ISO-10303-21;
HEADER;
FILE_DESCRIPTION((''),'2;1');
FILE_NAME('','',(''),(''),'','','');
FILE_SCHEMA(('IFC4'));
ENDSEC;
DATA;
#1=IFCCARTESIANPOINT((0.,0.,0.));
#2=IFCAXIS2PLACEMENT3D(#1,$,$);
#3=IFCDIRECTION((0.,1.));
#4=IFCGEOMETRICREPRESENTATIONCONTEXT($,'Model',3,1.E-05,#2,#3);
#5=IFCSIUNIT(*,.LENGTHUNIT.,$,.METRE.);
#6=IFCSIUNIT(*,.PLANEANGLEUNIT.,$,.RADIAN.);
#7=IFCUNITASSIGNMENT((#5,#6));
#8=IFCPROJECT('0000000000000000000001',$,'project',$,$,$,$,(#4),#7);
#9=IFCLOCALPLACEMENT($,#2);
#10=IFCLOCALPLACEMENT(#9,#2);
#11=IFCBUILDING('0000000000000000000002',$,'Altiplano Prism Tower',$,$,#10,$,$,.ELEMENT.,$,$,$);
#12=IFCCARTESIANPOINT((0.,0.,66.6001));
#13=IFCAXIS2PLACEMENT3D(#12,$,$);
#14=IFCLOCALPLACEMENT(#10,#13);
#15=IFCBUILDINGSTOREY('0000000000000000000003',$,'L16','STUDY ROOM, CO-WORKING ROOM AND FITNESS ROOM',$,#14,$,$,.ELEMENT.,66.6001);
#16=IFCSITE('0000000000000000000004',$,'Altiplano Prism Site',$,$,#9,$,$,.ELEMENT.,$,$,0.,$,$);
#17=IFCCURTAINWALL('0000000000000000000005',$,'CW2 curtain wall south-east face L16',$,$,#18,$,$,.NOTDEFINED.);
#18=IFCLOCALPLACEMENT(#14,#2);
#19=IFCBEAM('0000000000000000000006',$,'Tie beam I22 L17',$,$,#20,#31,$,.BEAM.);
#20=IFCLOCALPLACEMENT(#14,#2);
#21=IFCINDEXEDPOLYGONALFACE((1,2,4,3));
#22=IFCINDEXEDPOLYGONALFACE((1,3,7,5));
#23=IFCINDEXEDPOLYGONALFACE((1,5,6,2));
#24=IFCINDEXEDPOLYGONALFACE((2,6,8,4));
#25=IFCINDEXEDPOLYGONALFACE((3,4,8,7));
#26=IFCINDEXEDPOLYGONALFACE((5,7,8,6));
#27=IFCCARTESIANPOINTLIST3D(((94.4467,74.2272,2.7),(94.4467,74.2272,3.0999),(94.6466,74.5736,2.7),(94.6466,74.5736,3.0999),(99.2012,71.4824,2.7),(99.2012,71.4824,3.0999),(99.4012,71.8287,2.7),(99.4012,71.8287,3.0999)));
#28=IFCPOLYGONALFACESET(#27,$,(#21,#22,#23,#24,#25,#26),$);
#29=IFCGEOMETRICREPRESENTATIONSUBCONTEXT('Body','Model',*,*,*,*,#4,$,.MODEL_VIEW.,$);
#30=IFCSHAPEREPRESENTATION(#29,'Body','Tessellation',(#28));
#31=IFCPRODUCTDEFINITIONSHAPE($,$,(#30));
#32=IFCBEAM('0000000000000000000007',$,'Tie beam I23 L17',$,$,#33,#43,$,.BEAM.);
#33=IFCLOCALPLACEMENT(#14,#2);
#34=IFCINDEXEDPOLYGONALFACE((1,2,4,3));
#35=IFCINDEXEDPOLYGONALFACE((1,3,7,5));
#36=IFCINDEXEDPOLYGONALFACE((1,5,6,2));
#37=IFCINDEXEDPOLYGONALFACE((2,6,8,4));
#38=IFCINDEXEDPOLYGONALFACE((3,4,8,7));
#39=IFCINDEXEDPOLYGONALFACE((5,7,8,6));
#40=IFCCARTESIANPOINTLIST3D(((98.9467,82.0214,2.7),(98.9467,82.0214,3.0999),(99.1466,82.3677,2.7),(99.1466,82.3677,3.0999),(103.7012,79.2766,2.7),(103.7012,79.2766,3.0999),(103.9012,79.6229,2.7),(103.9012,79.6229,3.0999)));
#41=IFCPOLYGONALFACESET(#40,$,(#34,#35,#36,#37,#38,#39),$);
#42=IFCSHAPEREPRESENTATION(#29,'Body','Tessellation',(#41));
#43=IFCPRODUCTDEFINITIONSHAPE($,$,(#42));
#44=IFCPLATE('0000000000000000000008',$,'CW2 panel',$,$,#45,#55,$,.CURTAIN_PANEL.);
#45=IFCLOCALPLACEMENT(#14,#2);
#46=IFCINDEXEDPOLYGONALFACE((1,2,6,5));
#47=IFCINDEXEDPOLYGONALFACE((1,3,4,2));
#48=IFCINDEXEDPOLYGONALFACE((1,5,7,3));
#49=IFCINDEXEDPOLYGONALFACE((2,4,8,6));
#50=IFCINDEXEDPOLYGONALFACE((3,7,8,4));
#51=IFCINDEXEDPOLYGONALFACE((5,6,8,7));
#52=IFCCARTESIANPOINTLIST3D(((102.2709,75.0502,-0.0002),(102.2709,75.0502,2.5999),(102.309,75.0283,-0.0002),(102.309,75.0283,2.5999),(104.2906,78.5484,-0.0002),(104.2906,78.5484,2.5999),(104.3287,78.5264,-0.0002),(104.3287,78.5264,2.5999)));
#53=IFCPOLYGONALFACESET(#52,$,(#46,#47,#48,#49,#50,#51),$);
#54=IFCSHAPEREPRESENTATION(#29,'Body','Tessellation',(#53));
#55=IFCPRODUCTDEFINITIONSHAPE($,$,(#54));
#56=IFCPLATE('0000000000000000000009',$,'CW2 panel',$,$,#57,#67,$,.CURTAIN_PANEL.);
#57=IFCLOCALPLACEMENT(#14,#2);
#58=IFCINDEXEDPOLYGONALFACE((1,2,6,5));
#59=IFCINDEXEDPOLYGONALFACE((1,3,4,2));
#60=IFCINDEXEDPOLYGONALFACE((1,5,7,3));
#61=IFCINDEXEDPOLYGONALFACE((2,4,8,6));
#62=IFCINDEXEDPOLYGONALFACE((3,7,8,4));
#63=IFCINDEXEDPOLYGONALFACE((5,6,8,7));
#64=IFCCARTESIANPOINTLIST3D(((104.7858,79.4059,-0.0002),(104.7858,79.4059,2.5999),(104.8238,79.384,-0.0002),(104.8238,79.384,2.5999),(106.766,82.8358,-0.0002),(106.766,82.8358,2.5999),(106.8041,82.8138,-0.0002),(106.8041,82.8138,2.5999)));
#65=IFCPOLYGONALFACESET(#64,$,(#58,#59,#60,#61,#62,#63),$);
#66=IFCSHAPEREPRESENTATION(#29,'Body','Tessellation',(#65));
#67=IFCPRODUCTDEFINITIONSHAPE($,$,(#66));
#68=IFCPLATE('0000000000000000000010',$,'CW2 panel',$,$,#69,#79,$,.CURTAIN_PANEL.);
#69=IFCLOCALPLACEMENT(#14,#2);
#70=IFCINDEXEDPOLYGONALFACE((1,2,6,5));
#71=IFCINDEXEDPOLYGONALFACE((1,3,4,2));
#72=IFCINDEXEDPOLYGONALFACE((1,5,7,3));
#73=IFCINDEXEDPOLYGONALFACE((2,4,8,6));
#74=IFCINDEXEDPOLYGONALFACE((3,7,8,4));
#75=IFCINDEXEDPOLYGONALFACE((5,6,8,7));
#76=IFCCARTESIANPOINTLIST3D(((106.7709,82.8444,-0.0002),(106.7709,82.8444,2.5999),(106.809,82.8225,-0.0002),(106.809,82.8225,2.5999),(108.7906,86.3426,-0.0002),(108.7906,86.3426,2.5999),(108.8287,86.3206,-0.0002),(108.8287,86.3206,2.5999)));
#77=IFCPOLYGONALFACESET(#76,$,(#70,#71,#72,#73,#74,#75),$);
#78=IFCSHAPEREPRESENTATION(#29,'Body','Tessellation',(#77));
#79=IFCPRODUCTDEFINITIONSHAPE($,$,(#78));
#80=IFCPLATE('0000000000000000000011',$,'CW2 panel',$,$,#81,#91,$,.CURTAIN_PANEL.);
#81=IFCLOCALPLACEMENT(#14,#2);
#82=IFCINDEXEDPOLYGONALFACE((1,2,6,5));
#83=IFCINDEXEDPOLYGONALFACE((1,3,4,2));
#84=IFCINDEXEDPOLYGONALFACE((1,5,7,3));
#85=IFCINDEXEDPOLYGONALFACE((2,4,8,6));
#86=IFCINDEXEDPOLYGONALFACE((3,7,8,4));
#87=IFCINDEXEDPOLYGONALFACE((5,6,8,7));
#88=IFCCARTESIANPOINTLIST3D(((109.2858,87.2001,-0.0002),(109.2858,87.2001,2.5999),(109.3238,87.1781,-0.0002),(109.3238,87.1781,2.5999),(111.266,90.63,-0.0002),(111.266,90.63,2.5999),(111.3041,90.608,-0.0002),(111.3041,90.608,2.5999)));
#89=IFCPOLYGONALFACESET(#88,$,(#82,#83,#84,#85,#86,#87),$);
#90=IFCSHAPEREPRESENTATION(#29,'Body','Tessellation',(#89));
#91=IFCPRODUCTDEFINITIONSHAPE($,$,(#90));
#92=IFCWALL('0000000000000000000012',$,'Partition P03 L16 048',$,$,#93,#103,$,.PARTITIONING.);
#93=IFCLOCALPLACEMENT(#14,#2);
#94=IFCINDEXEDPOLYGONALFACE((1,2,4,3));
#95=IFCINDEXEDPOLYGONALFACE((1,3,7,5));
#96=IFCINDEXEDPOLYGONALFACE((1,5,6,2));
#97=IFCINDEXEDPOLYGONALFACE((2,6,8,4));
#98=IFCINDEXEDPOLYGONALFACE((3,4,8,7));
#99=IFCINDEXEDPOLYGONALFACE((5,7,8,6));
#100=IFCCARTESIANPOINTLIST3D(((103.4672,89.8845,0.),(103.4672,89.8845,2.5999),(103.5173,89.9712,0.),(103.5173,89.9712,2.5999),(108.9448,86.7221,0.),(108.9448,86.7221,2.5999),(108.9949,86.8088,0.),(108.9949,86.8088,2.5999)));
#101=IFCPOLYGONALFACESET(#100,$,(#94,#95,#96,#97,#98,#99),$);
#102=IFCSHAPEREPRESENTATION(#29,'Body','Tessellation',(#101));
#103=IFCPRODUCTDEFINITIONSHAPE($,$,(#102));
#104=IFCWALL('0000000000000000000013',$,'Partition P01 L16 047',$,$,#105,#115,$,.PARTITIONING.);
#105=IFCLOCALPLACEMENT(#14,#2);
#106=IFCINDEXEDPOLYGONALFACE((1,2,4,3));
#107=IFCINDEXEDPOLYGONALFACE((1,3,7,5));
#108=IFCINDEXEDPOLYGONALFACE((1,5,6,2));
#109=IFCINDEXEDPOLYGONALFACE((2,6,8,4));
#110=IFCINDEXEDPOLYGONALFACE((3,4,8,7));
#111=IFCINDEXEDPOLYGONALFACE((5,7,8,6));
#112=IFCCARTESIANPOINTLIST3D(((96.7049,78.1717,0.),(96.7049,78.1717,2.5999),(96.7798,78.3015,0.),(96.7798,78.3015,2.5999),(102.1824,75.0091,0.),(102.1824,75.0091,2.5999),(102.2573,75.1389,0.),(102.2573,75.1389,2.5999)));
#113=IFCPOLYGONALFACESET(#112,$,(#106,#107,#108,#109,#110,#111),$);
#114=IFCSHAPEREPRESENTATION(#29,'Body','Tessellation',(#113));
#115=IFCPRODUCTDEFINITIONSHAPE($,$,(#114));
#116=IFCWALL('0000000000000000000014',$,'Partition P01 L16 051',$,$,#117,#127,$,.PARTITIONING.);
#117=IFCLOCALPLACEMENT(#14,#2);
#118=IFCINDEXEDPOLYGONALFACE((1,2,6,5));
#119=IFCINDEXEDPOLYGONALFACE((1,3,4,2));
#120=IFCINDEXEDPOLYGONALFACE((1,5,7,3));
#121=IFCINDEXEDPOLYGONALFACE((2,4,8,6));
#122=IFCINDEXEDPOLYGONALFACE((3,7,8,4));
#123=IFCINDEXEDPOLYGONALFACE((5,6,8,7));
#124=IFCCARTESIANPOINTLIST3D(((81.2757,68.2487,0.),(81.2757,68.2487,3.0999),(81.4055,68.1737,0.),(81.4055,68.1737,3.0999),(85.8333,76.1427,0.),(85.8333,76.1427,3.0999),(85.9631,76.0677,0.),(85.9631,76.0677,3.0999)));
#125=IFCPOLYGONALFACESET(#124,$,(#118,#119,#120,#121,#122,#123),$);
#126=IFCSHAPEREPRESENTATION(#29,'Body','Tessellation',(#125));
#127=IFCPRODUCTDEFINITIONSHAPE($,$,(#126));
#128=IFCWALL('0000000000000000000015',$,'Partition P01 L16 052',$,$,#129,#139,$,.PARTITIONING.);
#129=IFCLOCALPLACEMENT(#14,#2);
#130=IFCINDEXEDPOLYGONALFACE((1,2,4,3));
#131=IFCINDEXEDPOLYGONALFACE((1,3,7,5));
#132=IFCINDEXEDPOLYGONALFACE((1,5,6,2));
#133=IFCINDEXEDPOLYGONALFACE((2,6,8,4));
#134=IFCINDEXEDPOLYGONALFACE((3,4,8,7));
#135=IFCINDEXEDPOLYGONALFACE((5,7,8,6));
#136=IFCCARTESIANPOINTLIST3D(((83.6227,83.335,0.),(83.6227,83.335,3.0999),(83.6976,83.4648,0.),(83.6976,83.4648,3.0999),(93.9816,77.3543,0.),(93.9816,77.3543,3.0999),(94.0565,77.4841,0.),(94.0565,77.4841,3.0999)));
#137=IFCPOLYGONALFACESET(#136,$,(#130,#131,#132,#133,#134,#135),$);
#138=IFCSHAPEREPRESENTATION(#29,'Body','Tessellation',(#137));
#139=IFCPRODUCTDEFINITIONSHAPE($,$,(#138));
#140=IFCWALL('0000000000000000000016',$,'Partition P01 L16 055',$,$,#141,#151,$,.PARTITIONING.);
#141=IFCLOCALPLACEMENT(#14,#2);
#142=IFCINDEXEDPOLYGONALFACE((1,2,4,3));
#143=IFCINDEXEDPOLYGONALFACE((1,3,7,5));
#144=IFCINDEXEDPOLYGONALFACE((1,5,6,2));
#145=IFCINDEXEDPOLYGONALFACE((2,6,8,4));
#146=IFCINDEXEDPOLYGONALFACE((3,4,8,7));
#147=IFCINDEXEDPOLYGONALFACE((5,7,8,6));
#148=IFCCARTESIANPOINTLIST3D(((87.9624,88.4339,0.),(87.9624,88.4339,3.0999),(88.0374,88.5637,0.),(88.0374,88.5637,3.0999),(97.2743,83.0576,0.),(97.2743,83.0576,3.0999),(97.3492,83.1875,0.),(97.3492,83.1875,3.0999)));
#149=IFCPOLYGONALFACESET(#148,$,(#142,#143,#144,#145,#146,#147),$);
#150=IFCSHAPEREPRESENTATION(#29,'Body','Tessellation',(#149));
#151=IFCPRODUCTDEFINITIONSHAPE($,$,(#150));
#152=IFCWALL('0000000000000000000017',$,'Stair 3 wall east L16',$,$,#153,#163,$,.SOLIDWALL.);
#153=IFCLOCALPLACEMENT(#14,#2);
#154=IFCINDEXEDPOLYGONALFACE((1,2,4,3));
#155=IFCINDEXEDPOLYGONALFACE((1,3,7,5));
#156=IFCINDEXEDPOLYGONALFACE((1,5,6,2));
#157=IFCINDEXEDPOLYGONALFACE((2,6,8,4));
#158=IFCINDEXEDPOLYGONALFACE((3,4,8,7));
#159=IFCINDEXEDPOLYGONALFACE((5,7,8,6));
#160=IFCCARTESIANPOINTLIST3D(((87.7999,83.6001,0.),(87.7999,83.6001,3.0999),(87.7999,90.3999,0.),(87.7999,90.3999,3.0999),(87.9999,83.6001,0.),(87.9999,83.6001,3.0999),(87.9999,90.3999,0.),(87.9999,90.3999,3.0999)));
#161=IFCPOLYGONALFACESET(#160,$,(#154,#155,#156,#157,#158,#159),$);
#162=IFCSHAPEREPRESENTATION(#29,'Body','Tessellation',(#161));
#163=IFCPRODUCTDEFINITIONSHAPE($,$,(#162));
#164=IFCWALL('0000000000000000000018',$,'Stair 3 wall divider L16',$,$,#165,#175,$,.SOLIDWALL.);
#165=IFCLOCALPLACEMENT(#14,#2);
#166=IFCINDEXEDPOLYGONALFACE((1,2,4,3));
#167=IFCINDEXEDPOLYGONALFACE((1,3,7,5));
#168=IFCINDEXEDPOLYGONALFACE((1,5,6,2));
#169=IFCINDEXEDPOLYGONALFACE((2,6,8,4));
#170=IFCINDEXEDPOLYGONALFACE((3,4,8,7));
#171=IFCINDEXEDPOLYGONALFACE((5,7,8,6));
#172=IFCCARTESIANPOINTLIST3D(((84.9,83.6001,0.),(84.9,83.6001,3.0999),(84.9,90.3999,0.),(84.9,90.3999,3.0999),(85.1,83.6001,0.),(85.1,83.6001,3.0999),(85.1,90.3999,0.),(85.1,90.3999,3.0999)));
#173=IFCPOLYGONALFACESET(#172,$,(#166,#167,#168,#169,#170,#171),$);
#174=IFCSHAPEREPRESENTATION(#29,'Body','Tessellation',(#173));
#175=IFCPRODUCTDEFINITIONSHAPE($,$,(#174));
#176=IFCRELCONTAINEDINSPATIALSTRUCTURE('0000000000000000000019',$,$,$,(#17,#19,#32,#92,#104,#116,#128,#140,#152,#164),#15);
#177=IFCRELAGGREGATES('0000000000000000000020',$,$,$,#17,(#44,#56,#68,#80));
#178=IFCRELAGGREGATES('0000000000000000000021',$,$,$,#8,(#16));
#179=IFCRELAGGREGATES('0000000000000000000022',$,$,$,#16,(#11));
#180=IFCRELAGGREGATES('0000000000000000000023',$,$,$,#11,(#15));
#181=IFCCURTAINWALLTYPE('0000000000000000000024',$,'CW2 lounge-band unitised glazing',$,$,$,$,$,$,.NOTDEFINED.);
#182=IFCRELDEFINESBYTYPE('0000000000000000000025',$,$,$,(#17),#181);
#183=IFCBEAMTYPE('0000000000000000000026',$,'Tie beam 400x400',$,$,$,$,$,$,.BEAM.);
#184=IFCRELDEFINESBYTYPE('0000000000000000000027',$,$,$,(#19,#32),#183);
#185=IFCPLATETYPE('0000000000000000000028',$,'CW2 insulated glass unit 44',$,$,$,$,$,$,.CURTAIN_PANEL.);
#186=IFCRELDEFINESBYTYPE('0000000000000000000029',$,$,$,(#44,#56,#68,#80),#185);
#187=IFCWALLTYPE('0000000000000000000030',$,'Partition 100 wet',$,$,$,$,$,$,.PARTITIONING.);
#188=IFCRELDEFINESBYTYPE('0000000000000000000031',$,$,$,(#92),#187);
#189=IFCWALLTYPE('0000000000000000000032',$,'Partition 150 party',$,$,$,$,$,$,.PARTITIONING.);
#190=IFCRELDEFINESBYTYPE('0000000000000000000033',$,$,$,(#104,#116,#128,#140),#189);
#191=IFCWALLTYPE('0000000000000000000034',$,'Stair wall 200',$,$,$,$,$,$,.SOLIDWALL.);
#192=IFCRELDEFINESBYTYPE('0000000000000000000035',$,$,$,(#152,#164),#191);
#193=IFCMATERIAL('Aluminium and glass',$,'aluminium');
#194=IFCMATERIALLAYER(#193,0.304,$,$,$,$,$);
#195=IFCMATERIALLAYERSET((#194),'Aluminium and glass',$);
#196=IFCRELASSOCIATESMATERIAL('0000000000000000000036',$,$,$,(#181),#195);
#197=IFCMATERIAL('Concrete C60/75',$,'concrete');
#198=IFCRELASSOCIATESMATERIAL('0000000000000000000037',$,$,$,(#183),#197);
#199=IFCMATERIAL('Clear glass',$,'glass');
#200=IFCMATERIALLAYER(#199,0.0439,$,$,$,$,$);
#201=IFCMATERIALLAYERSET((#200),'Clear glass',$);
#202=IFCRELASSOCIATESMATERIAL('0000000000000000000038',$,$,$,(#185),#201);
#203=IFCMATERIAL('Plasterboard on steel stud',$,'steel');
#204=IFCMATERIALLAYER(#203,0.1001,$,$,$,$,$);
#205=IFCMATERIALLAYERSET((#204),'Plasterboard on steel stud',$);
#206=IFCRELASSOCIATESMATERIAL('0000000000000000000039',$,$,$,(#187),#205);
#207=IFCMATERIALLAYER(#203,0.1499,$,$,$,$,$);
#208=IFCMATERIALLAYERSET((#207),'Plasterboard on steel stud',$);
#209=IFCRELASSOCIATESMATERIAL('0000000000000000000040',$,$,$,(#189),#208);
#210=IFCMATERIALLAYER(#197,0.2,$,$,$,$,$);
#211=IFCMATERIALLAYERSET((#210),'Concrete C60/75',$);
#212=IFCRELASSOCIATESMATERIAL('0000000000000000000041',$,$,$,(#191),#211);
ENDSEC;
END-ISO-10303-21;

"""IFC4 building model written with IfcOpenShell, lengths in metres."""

from ifc_helpers import new_model, si_unit, direction, frame, frame_2d, origin, origin_2d, place, context, subcontext, project, spatial, rectangle, extrude, material, layer, layer_set, material_profile, profile_set, type_object, element, aggregate, save


model = new_model("IFC4")

# Units and contexts
model_context = context("Model", 3, precision=1e-05, world=origin(), true_north=direction((0.0, 1.0)))
body_context = subcontext(model_context, "Body", "Model", "MODEL_VIEW")
ifc_project = project(units=[si_unit("LENGTHUNIT", "METRE"), si_unit("PLANEANGLEUNIT", "RADIAN")], contexts=[model_context])

# Site, building, storey
site_placement = place(None, origin())
site = spatial("IfcSite", under=ifc_project, at=site_placement, Name="Altiplano Prism Site", CompositionType="ELEMENT", RefElevation=0.0)
building_placement = place(site_placement, origin())
building = spatial("IfcBuilding", under=site, at=building_placement, Name="Altiplano Prism Tower", CompositionType="ELEMENT")
storey_placement = place(building_placement, frame((0.0, 0.0, 66.6001)))
storey = spatial("IfcBuildingStorey", under=building, at=storey_placement, Name="L16", Description="STUDY ROOM, CO-WORKING ROOM AND FITNESS ROOM", CompositionType="ELEMENT", Elevation=66.6001)

# Shared definitions
ifc_material_1 = material(Name="Concrete C60/75", Category="concrete")

# Curtain wall
ifc_material_2 = material(Name="Aluminium and glass", Category="aluminium")
ifc_layer_1 = layer(ifc_material_2, 0.304)
ifc_layer_set_1 = layer_set([ifc_layer_1], Name="Aluminium and glass")
curtain_wall_type = type_object("IfcCurtainWallType", Name="CW2 lounge-band unitised glazing", PredefinedType="NOTDEFINED", material=ifc_layer_set_1)
curtain_wall_placement = place(storey_placement, origin())
curtain_wall = element("IfcCurtainWall", 1, at=curtain_wall_placement, inside=storey, type_object=curtain_wall_type, Name="CW2 curtain wall south-east face L16", PredefinedType="NOTDEFINED")

# Beams
ifc_material_profile_1 = material_profile(ifc_material_1, rectangle(XDim=0.3999, YDim=0.3999, at=origin_2d()), Name="Tie beam 400x400")
ifc_profile_set_1 = profile_set([ifc_material_profile_1], Name="Concrete C60/75")
beam_type_1 = type_object("IfcBeamType", Name="Tie beam 400x400", PredefinedType="BEAM", material=ifc_profile_set_1)
for number, where, z_axis, x_axis, name in (
    (2, (94.5466, 74.4004, 2.8999), (0.866043, -0.49997, 0.0), (0.49997, 0.866043, 0.0), "Tie beam I22 L17"),
    (3, (99.0466, 82.1946, 2.8999), (0.866043, -0.49997, 0.0), (0.49997, 0.866043, 0.0), "Tie beam I23 L17"),
):
    element("IfcBeam", number, at=place(storey_placement, frame(where, z_axis=z_axis, x_axis=x_axis)), inside=storey, type_object=beam_type_1, Name=name, PredefinedType="BEAM", context=body_context, shape_type="SweptSolid", body=[
        extrude(rectangle(XDim=0.3999, YDim=0.3999, at=origin_2d()), origin(), (0.0, 0.0, 1.0), 5.49),
    ])

# Plates
ifc_material_3 = material(Name="Clear glass", Category="glass")
ifc_layer_2 = layer(ifc_material_3, 0.0439)
ifc_layer_set_2 = layer_set([ifc_layer_2], Name="Clear glass")
plate_type = type_object("IfcPlateType", Name="CW2 insulated glass unit 44", PredefinedType="CURTAIN_PANEL", material=ifc_layer_set_2)
plate_1_placement = place(storey_placement, frame((103.2998, 76.7883, -0.0002), z_axis=(0.0, 0.0, 1.0), x_axis=(0.5, 0.866025, 0.0)))
plate_1 = element("IfcPlate", 4, at=plate_1_placement, type_object=plate_type, Name="CW2 panel", PredefinedType="CURTAIN_PANEL", context=body_context, shape_type="SweptSolid", body=[
    extrude(rectangle(XDim=4.0393, YDim=0.0439, at=origin_2d()), origin(), (0.0, 0.0, 1.0), 2.6001),
])
plate_2_placement = place(storey_placement, frame((105.7949, 81.1099, -0.0002), z_axis=(0.0, 0.0, 1.0), x_axis=(0.5, 0.866025, 0.0)))
plate_2 = element("IfcPlate", 5, at=plate_2_placement, type_object=plate_type, Name="CW2 panel", PredefinedType="CURTAIN_PANEL", context=body_context, shape_type="SweptSolid", body=[
    extrude(rectangle(XDim=3.9604, YDim=0.0439, at=origin_2d()), origin(), (0.0, 0.0, 1.0), 2.6001),
])
plate_3_placement = place(storey_placement, frame((107.7998, 84.5825, -0.0002), z_axis=(0.0, 0.0, 1.0), x_axis=(0.5, 0.866025, 0.0)))
plate_3 = element("IfcPlate", 6, at=plate_3_placement, type_object=plate_type, Name="CW2 panel", PredefinedType="CURTAIN_PANEL", context=body_context, shape_type="SweptSolid", body=[
    extrude(rectangle(XDim=4.0393, YDim=0.0439, at=origin_2d()), origin(), (0.0, 0.0, 1.0), 2.6001),
])
plate_4_placement = place(storey_placement, frame((110.2949, 88.9041, -0.0002), z_axis=(0.0, 0.0, 1.0), x_axis=(0.5, 0.866025, 0.0)))
plate_4 = element("IfcPlate", 7, at=plate_4_placement, type_object=plate_type, Name="CW2 panel", PredefinedType="CURTAIN_PANEL", context=body_context, shape_type="SweptSolid", body=[
    extrude(rectangle(XDim=3.9604, YDim=0.0439, at=origin_2d()), origin(), (0.0, 0.0, 1.0), 2.6001),
])
aggregate(curtain_wall, [plate_1, plate_2, plate_3, plate_4])

# Walls
ifc_material_4 = material(Name="Plasterboard on steel stud", Category="steel")
ifc_layer_3 = layer(ifc_material_4, 0.1001)
ifc_layer_set_3 = layer_set([ifc_layer_3], Name="Plasterboard on steel stud")
wall_type_1 = type_object("IfcWallType", Name="Partition 100 wet", PredefinedType="PARTITIONING", material=ifc_layer_set_3)
wall_1_placement = place(storey_placement, frame((108.97, 86.7654, 0.0), z_axis=(0.0, 0.0, 1.0), x_axis=(-0.866033, 0.499988, 0.0)))
element("IfcWall", 8, at=wall_1_placement, inside=storey, type_object=wall_type_1, Name="Partition P03 L16 048", PredefinedType="PARTITIONING", context=body_context, shape_type="SweptSolid", body=[
    extrude(rectangle(XDim=6.325, YDim=0.1001, at=frame_2d((3.1626, 0.0))), origin(), (0.0, 0.0, 1.0), 2.5999),
])
ifc_layer_4 = layer(ifc_material_4, 0.1499)
ifc_layer_set_4 = layer_set([ifc_layer_4], Name="Plasterboard on steel stud")
wall_type_2 = type_object("IfcWallType", Name="Partition 150 party", PredefinedType="PARTITIONING", material=ifc_layer_set_4)
wall_2_placement = place(storey_placement, frame((102.22, 75.074, 0.0), z_axis=(0.0, 0.0, 1.0), x_axis=(-0.866016, 0.500016, 0.0)))
element("IfcWall", 9, at=wall_2_placement, inside=storey, type_object=wall_type_2, Name="Partition P01 L16 047", PredefinedType="PARTITIONING", context=body_context, shape_type="SweptSolid", body=[
    extrude(rectangle(XDim=6.325, YDim=0.1499, at=frame_2d((3.1626, 0.0))), origin(), (0.0, 0.0, 1.0), 2.5999),
])
wall_3_placement = place(storey_placement, frame((85.8982, 76.1052, 0.0), z_axis=(0.0, 0.0, 1.0), x_axis=(-0.499999, -0.866026, 0.0)))
element("IfcWall", 10, at=wall_3_placement, inside=storey, type_object=wall_type_2, Name="Partition P01 L16 051", PredefinedType="PARTITIONING", context=body_context, shape_type="SweptSolid", body=[
    extrude(rectangle(XDim=9.1152, YDim=0.1499, at=frame_2d((4.5576, 0.0))), origin(), (0.0, 0.0, 1.0), 3.0999),
])
wall_4_placement = place(storey_placement, frame((94.019, 77.4192, 0.0), z_axis=(0.0, 0.0, 1.0), x_axis=(-0.866025, 0.5, 0.0)))
element("IfcWall", 11, at=wall_4_placement, inside=storey, type_object=wall_type_2, Name="Partition P01 L16 052", PredefinedType="PARTITIONING", context=body_context, shape_type="SweptSolid", body=[
    extrude(rectangle(XDim=11.9614, YDim=0.1499, at=frame_2d((5.9807, 0.0))), origin(), (0.0, 0.0, 1.0), 3.0999),
])
wall_5_placement = place(storey_placement, frame((97.3118, 83.1226, 0.0), z_axis=(0.0, 0.0, 1.0), x_axis=(-0.866023, 0.500005, 0.0)))
element("IfcWall", 12, at=wall_5_placement, inside=storey, type_object=wall_type_2, Name="Partition P01 L16 055", PredefinedType="PARTITIONING", context=body_context, shape_type="SweptSolid", body=[
    extrude(rectangle(XDim=10.7524, YDim=0.1499, at=frame_2d((5.3762, 0.0))), origin(), (0.0, 0.0, 1.0), 3.0999),
])
ifc_layer_5 = layer(ifc_material_1, 0.2)
ifc_layer_set_5 = layer_set([ifc_layer_5], Name="Concrete C60/75")
wall_type_3 = type_object("IfcWallType", Name="Stair wall 200", PredefinedType="SOLIDWALL", material=ifc_layer_set_5)
for number, where, z_axis, x_axis, name in (
    (13, (87.8999, 83.6001, 0.0), (0.0, 0.0, 1.0), (0.0, 1.0, 0.0), "Stair 3 wall east L16"),
    (14, (85.0, 83.6001, 0.0), (0.0, 0.0, 1.0), (0.0, 1.0, 0.0), "Stair 3 wall divider L16"),
):
    element("IfcWall", number, at=place(storey_placement, frame(where, z_axis=z_axis, x_axis=x_axis)), inside=storey, type_object=wall_type_3, Name=name, PredefinedType="SOLIDWALL", context=body_context, shape_type="SweptSolid", body=[
        extrude(rectangle(XDim=6.7998, YDim=0.2, at=frame_2d((3.3999, 0.0))), origin(), (0.0, 0.0, 1.0), 3.0999),
    ])

save(model, "model.ifc")
